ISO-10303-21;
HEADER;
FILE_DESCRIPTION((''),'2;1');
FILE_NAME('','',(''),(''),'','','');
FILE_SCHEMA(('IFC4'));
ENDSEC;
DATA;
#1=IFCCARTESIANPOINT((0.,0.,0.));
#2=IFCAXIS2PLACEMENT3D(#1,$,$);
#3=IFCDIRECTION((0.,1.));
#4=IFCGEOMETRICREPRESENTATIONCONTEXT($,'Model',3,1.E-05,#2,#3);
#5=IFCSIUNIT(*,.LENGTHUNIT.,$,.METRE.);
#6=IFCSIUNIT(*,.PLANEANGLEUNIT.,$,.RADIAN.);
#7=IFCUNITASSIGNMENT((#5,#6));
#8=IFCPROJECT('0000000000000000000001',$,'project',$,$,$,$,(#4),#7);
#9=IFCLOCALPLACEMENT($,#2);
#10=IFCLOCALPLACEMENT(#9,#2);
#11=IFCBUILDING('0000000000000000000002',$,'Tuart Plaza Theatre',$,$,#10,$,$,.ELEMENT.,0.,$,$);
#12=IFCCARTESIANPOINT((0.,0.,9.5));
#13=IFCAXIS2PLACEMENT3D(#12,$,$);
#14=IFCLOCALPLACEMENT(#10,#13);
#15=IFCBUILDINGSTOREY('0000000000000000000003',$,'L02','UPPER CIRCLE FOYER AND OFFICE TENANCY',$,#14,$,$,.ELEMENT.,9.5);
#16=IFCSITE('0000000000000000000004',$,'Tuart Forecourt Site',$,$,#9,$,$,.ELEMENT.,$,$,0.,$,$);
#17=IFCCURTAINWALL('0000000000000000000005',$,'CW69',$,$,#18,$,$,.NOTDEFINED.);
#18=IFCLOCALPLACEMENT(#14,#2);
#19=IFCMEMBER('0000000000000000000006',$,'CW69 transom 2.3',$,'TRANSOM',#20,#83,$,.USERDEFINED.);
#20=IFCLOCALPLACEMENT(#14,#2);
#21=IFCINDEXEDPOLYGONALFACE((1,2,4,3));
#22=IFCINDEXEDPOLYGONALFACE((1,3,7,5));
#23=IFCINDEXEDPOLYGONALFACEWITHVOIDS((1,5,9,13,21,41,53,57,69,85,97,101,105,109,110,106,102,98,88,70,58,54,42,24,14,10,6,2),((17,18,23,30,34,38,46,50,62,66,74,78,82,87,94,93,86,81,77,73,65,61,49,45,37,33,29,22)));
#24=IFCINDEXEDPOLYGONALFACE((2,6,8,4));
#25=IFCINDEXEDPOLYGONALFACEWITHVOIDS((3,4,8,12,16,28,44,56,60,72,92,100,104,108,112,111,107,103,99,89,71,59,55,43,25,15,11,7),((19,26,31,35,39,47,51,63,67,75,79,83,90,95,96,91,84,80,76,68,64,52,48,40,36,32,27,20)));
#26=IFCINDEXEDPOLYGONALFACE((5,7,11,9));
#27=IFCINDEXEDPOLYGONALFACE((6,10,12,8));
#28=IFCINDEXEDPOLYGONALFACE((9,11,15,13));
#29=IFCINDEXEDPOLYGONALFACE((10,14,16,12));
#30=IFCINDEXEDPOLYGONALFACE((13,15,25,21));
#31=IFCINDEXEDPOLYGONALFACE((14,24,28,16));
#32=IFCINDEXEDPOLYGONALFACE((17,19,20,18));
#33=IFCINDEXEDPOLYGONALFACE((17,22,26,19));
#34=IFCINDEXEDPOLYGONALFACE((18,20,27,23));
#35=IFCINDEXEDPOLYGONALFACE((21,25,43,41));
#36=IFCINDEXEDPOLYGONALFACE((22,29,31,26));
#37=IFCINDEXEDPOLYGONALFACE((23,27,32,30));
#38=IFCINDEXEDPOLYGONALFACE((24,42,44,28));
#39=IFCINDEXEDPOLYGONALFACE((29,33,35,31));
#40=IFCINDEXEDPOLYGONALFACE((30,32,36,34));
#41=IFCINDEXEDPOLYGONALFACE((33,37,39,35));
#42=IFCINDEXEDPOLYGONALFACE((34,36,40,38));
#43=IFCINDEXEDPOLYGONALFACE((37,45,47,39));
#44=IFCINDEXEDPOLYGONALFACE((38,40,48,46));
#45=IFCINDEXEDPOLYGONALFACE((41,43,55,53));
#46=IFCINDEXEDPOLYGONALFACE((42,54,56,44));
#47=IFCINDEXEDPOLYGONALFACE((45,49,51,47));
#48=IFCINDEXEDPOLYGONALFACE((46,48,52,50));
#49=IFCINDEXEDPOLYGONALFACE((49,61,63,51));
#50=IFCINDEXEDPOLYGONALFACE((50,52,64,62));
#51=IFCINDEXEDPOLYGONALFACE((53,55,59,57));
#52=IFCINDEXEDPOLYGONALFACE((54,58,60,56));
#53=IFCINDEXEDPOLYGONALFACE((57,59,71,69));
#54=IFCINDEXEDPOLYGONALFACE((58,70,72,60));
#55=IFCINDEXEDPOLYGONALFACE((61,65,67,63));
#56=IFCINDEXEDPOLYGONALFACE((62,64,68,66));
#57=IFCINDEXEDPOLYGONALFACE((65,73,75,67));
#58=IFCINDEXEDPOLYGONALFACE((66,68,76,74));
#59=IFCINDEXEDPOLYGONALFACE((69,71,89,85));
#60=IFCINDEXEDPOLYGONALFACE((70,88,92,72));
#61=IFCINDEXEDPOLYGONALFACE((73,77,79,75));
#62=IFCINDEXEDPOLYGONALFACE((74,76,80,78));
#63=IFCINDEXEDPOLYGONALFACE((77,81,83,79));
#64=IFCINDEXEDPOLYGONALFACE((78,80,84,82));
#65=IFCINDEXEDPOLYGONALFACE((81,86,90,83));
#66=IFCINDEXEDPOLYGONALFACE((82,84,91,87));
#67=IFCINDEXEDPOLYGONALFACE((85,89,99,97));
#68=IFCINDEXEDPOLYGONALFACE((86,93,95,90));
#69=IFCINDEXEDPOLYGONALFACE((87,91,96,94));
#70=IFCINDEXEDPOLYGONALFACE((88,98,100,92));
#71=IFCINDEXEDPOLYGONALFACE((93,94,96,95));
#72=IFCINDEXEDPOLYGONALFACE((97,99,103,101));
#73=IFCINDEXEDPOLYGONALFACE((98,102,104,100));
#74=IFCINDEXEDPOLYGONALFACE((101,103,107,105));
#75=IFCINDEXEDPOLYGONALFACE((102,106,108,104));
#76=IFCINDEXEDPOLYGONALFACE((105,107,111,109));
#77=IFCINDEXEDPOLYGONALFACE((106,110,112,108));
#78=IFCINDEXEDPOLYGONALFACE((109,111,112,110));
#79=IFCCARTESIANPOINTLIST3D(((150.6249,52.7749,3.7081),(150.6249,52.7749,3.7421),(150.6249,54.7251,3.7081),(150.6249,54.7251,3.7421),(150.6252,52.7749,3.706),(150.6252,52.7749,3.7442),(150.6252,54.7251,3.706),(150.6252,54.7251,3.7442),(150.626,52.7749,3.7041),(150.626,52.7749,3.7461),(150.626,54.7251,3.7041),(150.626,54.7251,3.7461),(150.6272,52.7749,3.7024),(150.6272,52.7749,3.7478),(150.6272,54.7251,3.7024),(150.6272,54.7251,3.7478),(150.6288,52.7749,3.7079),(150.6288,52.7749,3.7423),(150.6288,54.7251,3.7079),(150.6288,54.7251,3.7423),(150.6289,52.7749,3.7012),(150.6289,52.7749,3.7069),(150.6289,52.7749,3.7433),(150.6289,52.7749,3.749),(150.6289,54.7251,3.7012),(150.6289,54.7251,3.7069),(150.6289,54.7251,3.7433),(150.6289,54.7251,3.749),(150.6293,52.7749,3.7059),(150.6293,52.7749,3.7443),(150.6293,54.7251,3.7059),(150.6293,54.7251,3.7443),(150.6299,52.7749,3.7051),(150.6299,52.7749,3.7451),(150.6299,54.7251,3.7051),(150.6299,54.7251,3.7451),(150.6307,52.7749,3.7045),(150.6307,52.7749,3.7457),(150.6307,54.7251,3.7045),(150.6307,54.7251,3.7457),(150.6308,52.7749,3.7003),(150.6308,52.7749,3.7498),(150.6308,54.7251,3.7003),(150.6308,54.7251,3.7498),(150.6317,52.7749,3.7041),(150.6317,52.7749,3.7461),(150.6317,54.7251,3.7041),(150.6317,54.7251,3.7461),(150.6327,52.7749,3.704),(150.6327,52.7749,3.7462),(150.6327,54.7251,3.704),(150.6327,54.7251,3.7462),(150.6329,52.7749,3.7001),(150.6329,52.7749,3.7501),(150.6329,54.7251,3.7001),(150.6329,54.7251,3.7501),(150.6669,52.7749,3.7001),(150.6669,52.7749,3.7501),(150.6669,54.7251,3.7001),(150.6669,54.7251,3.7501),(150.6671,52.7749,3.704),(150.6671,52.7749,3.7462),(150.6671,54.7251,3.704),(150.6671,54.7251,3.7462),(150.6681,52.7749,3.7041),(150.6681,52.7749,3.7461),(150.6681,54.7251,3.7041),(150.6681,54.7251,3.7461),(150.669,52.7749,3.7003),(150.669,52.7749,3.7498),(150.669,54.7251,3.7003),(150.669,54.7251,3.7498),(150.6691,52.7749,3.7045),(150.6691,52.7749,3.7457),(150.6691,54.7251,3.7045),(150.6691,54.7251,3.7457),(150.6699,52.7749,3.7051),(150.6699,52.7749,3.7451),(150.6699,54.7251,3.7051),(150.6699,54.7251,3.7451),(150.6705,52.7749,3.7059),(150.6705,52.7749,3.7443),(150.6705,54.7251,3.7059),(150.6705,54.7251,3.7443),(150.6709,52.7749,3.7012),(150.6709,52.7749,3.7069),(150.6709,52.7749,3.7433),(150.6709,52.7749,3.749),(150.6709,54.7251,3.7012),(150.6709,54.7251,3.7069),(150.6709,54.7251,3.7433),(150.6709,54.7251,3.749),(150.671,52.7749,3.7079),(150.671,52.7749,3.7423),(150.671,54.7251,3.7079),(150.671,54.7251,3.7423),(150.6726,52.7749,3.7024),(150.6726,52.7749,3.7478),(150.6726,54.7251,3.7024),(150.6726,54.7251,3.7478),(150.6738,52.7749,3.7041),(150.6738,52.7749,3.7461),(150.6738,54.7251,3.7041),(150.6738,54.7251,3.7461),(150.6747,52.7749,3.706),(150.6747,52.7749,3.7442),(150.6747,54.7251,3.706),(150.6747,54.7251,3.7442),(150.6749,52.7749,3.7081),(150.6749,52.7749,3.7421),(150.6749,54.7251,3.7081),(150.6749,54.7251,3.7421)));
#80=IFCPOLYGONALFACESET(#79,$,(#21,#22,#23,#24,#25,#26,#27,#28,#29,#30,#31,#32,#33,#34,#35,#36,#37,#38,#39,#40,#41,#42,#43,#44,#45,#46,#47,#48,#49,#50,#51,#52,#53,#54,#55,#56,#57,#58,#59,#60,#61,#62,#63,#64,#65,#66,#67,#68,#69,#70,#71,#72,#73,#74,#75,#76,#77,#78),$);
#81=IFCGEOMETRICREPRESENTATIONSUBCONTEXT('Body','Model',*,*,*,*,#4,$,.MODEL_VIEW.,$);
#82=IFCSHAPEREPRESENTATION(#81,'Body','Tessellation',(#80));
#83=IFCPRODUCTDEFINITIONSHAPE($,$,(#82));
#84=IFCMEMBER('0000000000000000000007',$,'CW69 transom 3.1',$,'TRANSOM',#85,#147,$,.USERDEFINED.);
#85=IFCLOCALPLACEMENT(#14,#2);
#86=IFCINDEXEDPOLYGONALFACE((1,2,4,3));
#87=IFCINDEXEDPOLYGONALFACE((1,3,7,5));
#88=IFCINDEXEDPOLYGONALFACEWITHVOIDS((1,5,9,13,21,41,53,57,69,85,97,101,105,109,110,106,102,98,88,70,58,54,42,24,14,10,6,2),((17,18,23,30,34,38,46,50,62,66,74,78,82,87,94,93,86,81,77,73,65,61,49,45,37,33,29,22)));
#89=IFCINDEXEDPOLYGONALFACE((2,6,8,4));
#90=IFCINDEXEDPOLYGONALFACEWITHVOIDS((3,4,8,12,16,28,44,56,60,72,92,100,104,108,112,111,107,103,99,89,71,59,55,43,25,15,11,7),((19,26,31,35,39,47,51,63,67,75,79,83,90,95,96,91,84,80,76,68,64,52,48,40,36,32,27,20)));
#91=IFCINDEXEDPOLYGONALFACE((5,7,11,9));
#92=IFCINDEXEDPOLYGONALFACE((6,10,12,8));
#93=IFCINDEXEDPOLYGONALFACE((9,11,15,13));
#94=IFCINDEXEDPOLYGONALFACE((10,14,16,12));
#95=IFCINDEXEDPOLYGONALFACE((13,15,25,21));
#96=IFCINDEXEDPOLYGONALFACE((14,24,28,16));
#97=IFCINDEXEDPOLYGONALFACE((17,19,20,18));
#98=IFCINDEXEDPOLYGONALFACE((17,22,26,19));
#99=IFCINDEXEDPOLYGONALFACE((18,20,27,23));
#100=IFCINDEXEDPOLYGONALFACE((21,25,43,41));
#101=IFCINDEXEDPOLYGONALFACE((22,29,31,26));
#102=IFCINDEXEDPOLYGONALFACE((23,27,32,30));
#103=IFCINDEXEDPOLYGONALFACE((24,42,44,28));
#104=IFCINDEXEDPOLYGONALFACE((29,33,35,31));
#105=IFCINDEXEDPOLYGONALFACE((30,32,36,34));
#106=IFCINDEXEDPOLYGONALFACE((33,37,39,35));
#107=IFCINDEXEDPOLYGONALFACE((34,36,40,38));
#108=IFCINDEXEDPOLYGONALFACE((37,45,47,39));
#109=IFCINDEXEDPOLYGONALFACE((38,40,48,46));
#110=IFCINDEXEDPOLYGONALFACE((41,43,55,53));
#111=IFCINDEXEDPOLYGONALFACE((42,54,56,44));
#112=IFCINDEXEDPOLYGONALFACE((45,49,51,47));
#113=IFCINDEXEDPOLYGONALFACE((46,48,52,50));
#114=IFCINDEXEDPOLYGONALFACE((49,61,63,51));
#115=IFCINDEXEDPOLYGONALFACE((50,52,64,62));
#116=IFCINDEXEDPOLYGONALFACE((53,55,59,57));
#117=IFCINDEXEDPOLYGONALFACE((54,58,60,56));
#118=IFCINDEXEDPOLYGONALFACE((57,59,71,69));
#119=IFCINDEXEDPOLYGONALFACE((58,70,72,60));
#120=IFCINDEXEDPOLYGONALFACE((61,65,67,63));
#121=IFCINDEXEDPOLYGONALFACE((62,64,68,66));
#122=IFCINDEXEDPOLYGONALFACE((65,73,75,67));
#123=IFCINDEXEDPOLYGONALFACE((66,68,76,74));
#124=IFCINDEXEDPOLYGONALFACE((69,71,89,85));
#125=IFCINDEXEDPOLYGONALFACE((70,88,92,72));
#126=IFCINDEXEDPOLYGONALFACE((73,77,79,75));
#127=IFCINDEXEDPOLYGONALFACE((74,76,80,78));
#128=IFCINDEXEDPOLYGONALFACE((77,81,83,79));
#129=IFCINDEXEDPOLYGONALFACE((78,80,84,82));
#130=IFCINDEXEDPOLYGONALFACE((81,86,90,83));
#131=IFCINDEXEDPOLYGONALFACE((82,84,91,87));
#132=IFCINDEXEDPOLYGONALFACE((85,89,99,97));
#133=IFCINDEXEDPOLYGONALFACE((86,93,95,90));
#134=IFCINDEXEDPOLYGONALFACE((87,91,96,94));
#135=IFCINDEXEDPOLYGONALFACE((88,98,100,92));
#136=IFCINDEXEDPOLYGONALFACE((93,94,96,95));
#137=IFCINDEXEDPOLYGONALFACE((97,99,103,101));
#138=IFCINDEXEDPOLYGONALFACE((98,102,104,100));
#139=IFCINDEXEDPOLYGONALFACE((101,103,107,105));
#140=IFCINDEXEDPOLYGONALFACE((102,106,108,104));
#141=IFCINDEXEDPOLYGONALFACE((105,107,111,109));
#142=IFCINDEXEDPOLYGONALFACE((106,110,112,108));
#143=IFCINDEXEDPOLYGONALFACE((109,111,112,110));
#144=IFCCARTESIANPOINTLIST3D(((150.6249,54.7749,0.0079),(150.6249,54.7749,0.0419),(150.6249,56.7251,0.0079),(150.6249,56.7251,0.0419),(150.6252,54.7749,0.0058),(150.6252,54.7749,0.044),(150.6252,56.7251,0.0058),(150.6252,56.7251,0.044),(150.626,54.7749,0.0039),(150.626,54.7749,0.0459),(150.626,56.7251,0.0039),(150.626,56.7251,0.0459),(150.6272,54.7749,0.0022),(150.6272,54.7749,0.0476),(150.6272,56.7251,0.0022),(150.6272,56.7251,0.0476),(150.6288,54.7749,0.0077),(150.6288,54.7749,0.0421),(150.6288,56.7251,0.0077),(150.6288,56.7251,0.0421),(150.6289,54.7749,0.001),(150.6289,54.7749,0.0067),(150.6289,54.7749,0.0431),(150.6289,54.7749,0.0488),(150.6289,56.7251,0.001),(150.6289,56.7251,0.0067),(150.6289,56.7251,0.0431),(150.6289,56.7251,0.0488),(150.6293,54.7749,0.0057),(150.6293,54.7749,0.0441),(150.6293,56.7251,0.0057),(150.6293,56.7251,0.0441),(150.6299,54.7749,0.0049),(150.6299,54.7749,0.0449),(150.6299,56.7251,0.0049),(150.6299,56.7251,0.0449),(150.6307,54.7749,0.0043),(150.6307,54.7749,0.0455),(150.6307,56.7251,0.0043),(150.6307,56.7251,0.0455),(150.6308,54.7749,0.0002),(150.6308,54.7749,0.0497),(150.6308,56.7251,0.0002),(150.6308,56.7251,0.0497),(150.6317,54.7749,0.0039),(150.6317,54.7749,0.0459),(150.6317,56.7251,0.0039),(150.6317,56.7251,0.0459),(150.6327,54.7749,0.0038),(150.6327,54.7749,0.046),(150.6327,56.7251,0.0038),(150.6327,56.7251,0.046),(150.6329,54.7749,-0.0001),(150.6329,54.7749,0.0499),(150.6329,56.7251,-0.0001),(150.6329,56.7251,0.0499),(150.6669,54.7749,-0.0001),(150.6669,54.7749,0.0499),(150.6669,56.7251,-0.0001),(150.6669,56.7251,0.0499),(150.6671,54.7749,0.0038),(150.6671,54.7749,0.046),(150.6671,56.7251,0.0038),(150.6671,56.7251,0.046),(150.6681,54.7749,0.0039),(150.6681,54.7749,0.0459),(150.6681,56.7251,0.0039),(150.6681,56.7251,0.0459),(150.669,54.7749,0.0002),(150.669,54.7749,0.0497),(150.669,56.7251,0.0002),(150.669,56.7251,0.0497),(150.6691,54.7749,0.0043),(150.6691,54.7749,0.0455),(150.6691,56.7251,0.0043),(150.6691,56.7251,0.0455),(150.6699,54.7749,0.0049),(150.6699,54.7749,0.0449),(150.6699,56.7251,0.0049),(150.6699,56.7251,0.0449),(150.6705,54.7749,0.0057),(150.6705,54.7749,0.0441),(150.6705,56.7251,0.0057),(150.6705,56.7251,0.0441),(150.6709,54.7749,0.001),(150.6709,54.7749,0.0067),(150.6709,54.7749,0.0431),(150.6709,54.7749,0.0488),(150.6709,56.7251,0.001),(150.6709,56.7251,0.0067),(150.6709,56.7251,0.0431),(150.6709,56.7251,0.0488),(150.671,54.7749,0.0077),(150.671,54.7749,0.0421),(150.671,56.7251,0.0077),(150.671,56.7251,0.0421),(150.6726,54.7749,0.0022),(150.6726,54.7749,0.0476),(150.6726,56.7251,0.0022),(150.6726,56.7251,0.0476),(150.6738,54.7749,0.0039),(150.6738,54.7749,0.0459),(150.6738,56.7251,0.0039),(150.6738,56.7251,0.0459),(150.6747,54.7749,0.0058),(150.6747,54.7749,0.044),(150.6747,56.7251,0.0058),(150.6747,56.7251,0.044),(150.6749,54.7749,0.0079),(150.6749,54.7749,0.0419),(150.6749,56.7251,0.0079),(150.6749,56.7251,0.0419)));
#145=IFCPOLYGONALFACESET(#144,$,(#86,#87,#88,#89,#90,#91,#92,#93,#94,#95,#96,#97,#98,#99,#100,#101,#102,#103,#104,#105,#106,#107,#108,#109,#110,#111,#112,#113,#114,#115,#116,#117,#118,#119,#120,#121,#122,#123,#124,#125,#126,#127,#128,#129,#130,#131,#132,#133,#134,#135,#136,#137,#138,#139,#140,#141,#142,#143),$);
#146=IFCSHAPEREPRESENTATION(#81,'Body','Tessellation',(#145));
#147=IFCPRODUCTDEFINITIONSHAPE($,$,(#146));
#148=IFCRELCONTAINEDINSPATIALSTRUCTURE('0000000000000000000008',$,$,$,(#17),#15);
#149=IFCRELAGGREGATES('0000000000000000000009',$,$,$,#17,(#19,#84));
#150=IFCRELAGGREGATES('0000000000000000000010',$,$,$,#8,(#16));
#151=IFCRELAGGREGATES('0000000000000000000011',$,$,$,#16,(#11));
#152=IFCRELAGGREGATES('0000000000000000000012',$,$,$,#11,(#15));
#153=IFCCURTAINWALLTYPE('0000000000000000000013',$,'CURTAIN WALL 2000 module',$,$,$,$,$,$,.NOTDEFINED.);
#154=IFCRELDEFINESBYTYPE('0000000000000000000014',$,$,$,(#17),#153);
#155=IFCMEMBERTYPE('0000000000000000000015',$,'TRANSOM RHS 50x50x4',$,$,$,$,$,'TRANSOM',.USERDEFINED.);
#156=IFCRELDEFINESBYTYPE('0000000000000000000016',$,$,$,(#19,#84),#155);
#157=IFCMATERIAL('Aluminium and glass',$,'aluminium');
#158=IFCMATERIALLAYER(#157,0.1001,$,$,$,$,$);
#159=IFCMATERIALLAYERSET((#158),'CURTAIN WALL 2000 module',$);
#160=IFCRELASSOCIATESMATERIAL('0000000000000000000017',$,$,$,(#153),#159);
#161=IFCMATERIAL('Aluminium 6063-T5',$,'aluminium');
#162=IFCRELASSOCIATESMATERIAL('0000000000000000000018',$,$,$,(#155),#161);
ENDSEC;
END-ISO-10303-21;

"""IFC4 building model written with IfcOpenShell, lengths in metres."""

from ifc_helpers import new_model, si_unit, direction, frame, origin, origin_2d, place, context, subcontext, project, spatial, hollow_rectangle, extrude, material, layer, layer_set, material_profile, profile_set, type_object, element, aggregate, save


model = new_model("IFC4")

# Units and contexts
model_context = context("Model", 3, precision=1e-05, world=origin(), true_north=direction((0.0, 1.0)))
body_context = subcontext(model_context, "Body", "Model", "MODEL_VIEW")
ifc_project = project(units=[si_unit("LENGTHUNIT", "METRE"), si_unit("PLANEANGLEUNIT", "RADIAN")], contexts=[model_context])

# Site, building, storey
site_placement = place(None, origin())
site = spatial("IfcSite", under=ifc_project, at=site_placement, Name="Tuart Forecourt Site", CompositionType="ELEMENT", RefElevation=0.0)
building_placement = place(site_placement, origin())
building = spatial("IfcBuilding", under=site, at=building_placement, Name="Tuart Plaza Theatre", CompositionType="ELEMENT", ElevationOfRefHeight=0.0)
storey_placement = place(building_placement, frame((0.0, 0.0, 9.5)))
storey = spatial("IfcBuildingStorey", under=building, at=storey_placement, Name="L02", Description="UPPER CIRCLE FOYER AND OFFICE TENANCY", CompositionType="ELEMENT", Elevation=9.5)

# Curtain wall, members
ifc_material_1 = material(Name="Aluminium and glass", Category="aluminium")
ifc_layer_1 = layer(ifc_material_1, 0.1001)
ifc_layer_set_1 = layer_set([ifc_layer_1], Name="CURTAIN WALL 2000 module")
curtain_wall_type = type_object("IfcCurtainWallType", Name="CURTAIN WALL 2000 module", PredefinedType="NOTDEFINED", material=ifc_layer_set_1)
curtain_wall_placement = place(storey_placement, origin())
curtain_wall = element("IfcCurtainWall", 1, at=curtain_wall_placement, inside=storey, type_object=curtain_wall_type, Name="CW69", PredefinedType="NOTDEFINED")
ifc_material_2 = material(Name="Aluminium 6063-T5", Category="aluminium")
ifc_material_profile_1 = material_profile(ifc_material_2, hollow_rectangle(XDim=0.05, YDim=0.05, WallThickness=0.0039, InnerFilletRadius=0.0039, OuterFilletRadius=0.0081, at=origin_2d()), Name="RHS 50x50x4")
ifc_profile_set_1 = profile_set([ifc_material_profile_1], Name="Aluminium 6063-T5")
member_type_1 = type_object("IfcMemberType", Name="TRANSOM RHS 50x50x4", ElementType="TRANSOM", PredefinedType="USERDEFINED", material=ifc_profile_set_1)
member_1_placement = place(storey_placement, frame((150.6499, 52.7749, 3.7251), z_axis=(0.0, 1.0, 0.0), x_axis=(-1.0, 0.0, 0.0)))
member_1 = element("IfcMember", 2, at=member_1_placement, type_object=member_type_1, Name="CW69 transom 2.3", ObjectType="TRANSOM", PredefinedType="USERDEFINED", context=body_context, shape_type="SweptSolid", body=[
    extrude(hollow_rectangle(XDim=0.05, YDim=0.05, WallThickness=0.0039, InnerFilletRadius=0.0039, OuterFilletRadius=0.0081, at=origin_2d()), origin(), (0.0, 0.0, 1.0), 1.9502),
])
member_2_placement = place(storey_placement, frame((150.6499, 54.7749, 0.0249), z_axis=(0.0, 1.0, 0.0), x_axis=(-1.0, 0.0, 0.0)))
member_2 = element("IfcMember", 3, at=member_2_placement, type_object=member_type_1, Name="CW69 transom 3.1", ObjectType="TRANSOM", PredefinedType="USERDEFINED", context=body_context, shape_type="SweptSolid", body=[
    extrude(hollow_rectangle(XDim=0.05, YDim=0.05, WallThickness=0.0039, InnerFilletRadius=0.0039, OuterFilletRadius=0.0081, at=origin_2d()), origin(), (0.0, 0.0, 1.0), 1.9502),
])
aggregate(curtain_wall, [member_1, member_2])

save(model, "model.ifc")
